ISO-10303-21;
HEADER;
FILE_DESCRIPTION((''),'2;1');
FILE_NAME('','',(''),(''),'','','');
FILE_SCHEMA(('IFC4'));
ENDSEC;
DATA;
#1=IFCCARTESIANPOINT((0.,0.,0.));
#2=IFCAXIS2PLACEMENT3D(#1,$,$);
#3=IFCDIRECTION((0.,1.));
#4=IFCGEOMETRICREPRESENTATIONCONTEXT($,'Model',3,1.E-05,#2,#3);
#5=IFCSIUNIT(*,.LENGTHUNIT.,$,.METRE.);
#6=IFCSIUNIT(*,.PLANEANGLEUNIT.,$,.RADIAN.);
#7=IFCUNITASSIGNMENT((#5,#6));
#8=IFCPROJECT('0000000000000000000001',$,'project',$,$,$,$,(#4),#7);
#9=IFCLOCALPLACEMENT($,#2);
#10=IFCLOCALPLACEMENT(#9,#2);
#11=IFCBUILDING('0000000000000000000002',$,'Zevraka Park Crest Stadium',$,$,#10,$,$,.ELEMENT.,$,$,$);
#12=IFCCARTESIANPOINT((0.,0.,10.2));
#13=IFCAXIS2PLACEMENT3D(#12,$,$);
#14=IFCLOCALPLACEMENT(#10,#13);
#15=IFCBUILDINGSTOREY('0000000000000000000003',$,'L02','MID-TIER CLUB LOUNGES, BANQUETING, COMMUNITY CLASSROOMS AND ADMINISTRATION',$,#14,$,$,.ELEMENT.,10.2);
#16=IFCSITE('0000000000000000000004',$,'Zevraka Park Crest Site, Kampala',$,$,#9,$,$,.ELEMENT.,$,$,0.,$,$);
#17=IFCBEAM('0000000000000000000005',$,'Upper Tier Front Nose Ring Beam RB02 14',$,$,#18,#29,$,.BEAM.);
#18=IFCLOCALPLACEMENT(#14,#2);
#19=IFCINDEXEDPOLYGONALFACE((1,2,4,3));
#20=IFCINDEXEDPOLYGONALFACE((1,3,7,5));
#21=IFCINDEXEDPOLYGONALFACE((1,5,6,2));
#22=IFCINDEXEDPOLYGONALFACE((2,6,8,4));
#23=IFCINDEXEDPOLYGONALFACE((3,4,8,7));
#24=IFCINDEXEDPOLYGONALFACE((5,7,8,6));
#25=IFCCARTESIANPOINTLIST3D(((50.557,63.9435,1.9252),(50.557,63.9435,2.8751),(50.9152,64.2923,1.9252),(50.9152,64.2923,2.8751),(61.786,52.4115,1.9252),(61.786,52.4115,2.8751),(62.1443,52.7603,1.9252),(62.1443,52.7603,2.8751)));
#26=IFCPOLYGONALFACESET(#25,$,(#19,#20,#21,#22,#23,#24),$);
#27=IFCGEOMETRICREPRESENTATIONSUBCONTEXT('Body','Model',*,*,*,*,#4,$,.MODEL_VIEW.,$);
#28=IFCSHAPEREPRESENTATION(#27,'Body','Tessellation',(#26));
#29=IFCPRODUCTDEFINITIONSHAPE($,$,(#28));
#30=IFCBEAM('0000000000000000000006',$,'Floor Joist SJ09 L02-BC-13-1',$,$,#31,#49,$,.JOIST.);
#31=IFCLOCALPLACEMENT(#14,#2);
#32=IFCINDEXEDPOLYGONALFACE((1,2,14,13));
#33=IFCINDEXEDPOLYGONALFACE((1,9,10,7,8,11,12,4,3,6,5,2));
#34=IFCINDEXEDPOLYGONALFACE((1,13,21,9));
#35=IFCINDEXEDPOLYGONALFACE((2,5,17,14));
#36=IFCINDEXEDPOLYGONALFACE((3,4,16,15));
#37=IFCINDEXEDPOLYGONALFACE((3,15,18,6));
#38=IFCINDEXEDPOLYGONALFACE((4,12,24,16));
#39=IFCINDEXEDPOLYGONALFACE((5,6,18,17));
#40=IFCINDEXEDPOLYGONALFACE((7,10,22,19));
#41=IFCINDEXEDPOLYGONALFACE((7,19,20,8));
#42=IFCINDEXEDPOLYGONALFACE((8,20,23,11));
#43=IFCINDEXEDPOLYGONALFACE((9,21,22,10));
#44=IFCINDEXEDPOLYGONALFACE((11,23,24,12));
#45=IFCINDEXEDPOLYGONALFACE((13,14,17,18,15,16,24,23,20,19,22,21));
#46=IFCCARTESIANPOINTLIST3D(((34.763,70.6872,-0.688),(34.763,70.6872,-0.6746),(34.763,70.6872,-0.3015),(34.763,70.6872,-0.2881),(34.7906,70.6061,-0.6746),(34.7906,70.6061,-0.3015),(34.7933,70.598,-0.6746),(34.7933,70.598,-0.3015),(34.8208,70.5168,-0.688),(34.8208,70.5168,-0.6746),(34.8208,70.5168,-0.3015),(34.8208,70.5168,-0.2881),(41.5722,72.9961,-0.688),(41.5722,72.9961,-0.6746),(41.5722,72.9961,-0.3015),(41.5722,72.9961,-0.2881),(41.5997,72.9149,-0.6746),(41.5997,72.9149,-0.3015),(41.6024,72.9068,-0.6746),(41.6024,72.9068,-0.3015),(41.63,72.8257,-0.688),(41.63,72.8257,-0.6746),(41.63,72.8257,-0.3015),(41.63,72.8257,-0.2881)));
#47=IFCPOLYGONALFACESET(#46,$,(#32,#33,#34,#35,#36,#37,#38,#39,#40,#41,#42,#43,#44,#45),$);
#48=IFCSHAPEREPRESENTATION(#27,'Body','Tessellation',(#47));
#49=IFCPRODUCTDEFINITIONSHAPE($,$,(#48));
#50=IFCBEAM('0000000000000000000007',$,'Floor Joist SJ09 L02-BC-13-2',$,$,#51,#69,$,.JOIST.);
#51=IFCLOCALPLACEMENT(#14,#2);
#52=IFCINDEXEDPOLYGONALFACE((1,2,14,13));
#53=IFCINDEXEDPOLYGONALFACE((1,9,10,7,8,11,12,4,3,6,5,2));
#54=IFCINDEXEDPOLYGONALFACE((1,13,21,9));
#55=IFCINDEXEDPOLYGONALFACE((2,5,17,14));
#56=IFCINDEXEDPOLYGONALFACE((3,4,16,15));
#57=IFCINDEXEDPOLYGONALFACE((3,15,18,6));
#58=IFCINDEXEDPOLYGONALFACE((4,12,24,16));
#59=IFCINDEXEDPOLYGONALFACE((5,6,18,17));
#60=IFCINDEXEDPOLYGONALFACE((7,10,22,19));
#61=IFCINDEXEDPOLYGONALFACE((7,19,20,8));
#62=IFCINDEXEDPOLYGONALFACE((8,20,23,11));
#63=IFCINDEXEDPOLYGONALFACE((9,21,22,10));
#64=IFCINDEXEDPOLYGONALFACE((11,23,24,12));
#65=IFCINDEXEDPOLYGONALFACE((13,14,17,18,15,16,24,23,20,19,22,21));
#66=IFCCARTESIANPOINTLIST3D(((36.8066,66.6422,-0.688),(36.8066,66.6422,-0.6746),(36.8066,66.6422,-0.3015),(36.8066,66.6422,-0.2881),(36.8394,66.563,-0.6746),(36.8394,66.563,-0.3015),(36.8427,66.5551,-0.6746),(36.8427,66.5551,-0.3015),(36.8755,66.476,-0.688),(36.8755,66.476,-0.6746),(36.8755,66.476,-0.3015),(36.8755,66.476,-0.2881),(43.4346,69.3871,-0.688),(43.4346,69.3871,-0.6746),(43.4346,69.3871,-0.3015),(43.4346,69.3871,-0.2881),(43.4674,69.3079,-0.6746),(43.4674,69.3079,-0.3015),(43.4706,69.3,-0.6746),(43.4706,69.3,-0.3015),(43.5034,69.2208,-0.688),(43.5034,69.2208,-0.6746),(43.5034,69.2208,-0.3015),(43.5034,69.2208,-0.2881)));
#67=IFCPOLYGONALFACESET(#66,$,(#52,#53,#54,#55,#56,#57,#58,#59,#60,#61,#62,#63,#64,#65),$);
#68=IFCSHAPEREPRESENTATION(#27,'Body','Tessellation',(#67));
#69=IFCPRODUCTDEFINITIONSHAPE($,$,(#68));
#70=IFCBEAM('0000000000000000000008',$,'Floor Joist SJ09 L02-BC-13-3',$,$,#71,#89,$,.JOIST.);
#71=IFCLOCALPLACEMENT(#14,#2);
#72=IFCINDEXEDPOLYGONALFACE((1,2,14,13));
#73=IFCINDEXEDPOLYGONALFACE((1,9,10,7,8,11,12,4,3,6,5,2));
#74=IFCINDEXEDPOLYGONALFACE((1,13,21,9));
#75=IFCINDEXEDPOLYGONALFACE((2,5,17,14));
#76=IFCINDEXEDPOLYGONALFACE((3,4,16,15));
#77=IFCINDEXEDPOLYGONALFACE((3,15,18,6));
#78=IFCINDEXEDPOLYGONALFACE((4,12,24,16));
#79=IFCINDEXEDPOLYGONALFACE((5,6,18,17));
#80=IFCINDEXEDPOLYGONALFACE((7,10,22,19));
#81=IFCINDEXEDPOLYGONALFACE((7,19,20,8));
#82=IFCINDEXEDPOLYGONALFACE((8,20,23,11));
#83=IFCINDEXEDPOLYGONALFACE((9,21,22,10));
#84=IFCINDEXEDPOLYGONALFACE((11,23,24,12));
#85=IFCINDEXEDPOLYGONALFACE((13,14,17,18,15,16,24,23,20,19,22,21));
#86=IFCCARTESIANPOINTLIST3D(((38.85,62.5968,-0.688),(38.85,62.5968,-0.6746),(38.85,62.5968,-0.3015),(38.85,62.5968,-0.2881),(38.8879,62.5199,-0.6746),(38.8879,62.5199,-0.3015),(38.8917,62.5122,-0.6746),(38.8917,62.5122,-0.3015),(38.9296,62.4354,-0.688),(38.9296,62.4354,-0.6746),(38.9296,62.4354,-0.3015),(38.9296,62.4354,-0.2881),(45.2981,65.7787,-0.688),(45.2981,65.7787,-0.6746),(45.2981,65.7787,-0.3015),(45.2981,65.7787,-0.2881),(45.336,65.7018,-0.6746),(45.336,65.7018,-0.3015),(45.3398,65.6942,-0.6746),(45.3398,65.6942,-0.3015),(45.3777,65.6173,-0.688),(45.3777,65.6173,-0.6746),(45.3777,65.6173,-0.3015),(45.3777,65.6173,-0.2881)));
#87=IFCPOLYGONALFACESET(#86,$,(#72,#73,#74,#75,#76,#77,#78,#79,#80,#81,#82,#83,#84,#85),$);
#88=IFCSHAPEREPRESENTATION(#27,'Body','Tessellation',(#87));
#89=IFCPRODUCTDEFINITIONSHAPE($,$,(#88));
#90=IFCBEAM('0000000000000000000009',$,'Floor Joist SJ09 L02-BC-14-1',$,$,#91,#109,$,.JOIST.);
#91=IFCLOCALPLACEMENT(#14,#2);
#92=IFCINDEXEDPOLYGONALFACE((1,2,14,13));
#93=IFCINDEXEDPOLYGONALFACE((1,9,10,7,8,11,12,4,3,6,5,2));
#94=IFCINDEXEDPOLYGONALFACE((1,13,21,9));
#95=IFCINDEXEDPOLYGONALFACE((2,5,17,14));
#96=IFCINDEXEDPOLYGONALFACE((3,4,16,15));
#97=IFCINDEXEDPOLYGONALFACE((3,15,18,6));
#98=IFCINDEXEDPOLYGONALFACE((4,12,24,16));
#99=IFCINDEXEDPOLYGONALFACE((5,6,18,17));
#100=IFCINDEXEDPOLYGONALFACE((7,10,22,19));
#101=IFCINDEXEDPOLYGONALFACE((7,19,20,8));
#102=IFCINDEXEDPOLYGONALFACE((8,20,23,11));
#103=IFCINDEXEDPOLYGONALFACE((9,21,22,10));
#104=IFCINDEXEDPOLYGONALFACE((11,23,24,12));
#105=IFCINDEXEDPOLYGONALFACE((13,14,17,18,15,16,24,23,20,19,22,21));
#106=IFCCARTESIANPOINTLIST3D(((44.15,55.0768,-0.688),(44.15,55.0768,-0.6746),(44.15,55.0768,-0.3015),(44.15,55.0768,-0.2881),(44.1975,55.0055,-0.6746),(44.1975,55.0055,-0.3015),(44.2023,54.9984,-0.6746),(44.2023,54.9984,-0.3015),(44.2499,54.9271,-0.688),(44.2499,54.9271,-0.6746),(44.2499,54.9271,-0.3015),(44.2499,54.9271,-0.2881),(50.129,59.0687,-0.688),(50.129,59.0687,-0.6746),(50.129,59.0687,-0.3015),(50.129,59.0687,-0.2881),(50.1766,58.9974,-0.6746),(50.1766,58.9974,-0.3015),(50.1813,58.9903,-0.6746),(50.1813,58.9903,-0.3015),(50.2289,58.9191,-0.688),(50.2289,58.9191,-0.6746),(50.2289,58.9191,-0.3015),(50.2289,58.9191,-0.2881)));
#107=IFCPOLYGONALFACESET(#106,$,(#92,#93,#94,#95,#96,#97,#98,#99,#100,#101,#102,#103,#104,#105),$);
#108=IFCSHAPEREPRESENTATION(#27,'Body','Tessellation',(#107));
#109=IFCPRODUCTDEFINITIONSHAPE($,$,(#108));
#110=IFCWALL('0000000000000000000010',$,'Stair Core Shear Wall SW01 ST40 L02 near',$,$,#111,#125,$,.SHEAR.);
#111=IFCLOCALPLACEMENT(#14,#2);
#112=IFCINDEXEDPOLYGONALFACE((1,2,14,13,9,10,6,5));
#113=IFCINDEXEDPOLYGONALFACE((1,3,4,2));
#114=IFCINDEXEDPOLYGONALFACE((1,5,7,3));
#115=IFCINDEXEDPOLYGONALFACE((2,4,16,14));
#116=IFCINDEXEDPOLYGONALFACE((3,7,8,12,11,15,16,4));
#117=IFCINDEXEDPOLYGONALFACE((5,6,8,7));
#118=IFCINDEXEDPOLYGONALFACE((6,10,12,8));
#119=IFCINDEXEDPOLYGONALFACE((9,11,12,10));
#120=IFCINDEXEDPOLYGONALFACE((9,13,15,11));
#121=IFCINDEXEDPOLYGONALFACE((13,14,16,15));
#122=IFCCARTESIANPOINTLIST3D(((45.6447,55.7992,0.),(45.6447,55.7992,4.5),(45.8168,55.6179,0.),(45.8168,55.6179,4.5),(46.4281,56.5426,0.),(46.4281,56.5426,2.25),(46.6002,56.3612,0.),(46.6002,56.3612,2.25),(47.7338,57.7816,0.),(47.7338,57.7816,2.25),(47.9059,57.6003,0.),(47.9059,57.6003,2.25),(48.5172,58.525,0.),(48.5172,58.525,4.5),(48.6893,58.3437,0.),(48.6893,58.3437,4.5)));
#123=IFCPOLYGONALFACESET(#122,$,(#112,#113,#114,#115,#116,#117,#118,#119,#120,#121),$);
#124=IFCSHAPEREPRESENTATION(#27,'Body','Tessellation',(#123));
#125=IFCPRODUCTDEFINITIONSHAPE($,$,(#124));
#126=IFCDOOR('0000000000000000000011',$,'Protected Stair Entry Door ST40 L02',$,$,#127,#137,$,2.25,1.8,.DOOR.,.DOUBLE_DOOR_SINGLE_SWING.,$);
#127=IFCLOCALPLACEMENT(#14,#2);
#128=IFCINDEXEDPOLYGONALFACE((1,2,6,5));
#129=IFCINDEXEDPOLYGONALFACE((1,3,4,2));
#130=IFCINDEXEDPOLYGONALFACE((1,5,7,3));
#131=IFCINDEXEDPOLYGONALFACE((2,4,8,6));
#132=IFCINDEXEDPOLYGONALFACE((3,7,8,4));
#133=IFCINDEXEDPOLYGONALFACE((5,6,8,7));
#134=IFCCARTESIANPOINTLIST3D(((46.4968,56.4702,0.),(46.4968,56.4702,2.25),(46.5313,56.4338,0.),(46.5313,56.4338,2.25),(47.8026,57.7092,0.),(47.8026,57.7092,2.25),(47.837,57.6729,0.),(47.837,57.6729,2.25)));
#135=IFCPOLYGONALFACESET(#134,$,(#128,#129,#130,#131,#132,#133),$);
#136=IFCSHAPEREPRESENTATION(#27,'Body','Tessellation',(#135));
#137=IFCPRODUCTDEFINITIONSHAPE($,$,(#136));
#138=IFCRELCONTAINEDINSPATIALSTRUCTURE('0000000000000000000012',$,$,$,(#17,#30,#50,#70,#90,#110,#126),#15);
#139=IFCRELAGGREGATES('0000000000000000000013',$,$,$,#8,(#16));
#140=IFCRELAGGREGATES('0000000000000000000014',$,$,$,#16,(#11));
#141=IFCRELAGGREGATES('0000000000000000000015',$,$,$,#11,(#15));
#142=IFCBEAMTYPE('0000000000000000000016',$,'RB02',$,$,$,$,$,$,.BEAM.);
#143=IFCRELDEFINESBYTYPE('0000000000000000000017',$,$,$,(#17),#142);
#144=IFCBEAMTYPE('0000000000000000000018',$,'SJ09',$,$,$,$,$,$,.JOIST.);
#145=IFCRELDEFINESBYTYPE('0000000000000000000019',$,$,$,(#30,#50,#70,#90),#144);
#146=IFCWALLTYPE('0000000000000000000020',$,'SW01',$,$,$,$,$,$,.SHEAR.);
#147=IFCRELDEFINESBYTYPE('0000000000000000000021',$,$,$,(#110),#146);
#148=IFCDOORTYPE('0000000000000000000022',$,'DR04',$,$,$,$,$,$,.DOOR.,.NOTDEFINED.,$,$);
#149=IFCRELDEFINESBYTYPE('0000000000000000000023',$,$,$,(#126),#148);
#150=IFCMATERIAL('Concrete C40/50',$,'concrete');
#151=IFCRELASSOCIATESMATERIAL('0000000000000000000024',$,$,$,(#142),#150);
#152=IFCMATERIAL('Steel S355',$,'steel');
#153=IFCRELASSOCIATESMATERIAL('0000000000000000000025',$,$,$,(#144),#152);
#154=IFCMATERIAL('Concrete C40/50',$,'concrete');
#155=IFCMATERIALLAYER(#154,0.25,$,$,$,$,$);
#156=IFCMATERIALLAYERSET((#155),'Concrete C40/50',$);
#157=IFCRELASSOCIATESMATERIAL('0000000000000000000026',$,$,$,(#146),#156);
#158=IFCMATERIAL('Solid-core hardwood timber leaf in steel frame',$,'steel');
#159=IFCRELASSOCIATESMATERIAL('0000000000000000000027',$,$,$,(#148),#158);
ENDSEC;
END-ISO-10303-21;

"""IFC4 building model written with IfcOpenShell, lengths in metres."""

from ifc_helpers import new_model, si_unit, direction, frame, frame_2d, origin, origin_2d, place, context, subcontext, project, spatial, rectangle, i_section, extrude, material, layer, layer_set, material_profile, profile_set, type_object, element, fill, save


model = new_model("IFC4")

# Units and contexts
model_context = context("Model", 3, precision=1e-05, world=origin(), true_north=direction((0.0, 1.0)))
body_context = subcontext(model_context, "Body", "Model", "MODEL_VIEW")
ifc_project = project(units=[si_unit("LENGTHUNIT", "METRE"), si_unit("PLANEANGLEUNIT", "RADIAN")], contexts=[model_context])

# Site, building, storey
site_placement = place(None, origin())
site = spatial("IfcSite", under=ifc_project, at=site_placement, Name="Zevraka Park Crest Site, Kampala", CompositionType="ELEMENT", RefElevation=0.0)
building_placement = place(site_placement, origin())
building = spatial("IfcBuilding", under=site, at=building_placement, Name="Zevraka Park Crest Stadium", CompositionType="ELEMENT")
storey_placement = place(building_placement, frame((0.0, 0.0, 10.2)))
storey = spatial("IfcBuildingStorey", under=building, at=storey_placement, Name="L02", Description="MID-TIER CLUB LOUNGES, BANQUETING, COMMUNITY CLASSROOMS AND ADMINISTRATION", CompositionType="ELEMENT", Elevation=10.2)

# Beams
ifc_material_1 = material(Name="Concrete C40/50", Category="concrete")
ifc_material_profile_1 = material_profile(ifc_material_1, rectangle(XDim=0.5, YDim=0.95, at=origin_2d()), Name="RC 950x500")
ifc_profile_set_1 = profile_set([ifc_material_profile_1], Name="Concrete C40/50")
beam_type_1 = type_object("IfcBeamType", Name="RB02", PredefinedType="BEAM", material=ifc_profile_set_1)
beam_1_placement = place(storey_placement, frame((50.7361, 64.1179, 2.4001), z_axis=(0.697632, -0.716456, 0.0), x_axis=(0.716456, 0.697632, 0.0)))
element("IfcBeam", 1, at=beam_1_placement, inside=storey, type_object=beam_type_1, Name="Upper Tier Front Nose Ring Beam RB02 14", PredefinedType="BEAM", context=body_context, shape_type="SweptSolid", body=[
    extrude(rectangle(XDim=0.5, YDim=0.95, at=origin_2d()), origin(), (0.0, 0.0, 1.0), 16.0959),
])
ifc_material_2 = material(Name="Steel S355", Category="steel")
ifc_material_profile_2 = material_profile(ifc_material_2, i_section(OverallWidth=0.1799, OverallDepth=0.3999, WebThickness=0.0085, FlangeThickness=0.0134, at=origin_2d()), Name="IPE 400")
ifc_profile_set_2 = profile_set([ifc_material_profile_2], Name="Steel S355")
beam_type_2 = type_object("IfcBeamType", Name="SJ09", PredefinedType="JOIST", material=ifc_profile_set_2)
beam_2_placement = place(storey_placement, frame((41.6011, 72.9109, -0.488), z_axis=(-0.947037, -0.321123, 0.0), x_axis=(0.321123, -0.947037, 0.0)))
element("IfcBeam", 2, at=beam_2_placement, inside=storey, type_object=beam_type_2, Name="Floor Joist SJ09 L02-BC-13-1", PredefinedType="JOIST", context=body_context, shape_type="SweptSolid", body=[
    extrude(i_section(OverallWidth=0.1799, OverallDepth=0.3999, WebThickness=0.0085, FlangeThickness=0.0134, at=origin_2d()), origin(), (0.0, 0.0, 1.0), 7.1899),
])
beam_3_placement = place(storey_placement, frame((43.469, 69.304, -0.488), z_axis=(-0.923904, -0.382623, 0.0), x_axis=(0.382623, -0.923904, 0.0)))
element("IfcBeam", 3, at=beam_3_placement, inside=storey, type_object=beam_type_2, Name="Floor Joist SJ09 L02-BC-13-2", PredefinedType="JOIST", context=body_context, shape_type="SweptSolid", body=[
    extrude(i_section(OverallWidth=0.1799, OverallDepth=0.3999, WebThickness=0.0085, FlangeThickness=0.0134, at=origin_2d()), origin(), (0.0, 0.0, 1.0), 7.1738),
])
beam_4_placement = place(storey_placement, frame((45.3379, 65.698, -0.488), z_axis=(-0.896758, -0.442522, 0.0), x_axis=(0.442522, -0.896758, 0.0)))
element("IfcBeam", 4, at=beam_4_placement, inside=storey, type_object=beam_type_2, Name="Floor Joist SJ09 L02-BC-13-3", PredefinedType="JOIST", context=body_context, shape_type="SweptSolid", body=[
    extrude(i_section(OverallWidth=0.1799, OverallDepth=0.3999, WebThickness=0.0085, FlangeThickness=0.0134, at=origin_2d()), origin(), (0.0, 0.0, 1.0), 7.1904),
])
beam_5_placement = place(storey_placement, frame((50.179, 58.9939, -0.488), z_axis=(-0.831669, -0.555272, 0.0), x_axis=(0.555272, -0.831669, 0.0)))
element("IfcBeam", 5, at=beam_5_placement, inside=storey, type_object=beam_type_2, Name="Floor Joist SJ09 L02-BC-14-1", PredefinedType="JOIST", context=body_context, shape_type="SweptSolid", body=[
    extrude(i_section(OverallWidth=0.1799, OverallDepth=0.3999, WebThickness=0.0085, FlangeThickness=0.0134, at=origin_2d()), origin(), (0.0, 0.0, 1.0), 7.1892),
])

# Wall, opening, door
ifc_material_3 = material(Name="Concrete C40/50", Category="concrete")
ifc_layer = layer(ifc_material_3, 0.25)
ifc_layer_set = layer_set([ifc_layer], Name="Concrete C40/50")
wall_type = type_object("IfcWallType", Name="SW01", PredefinedType="SHEAR", material=ifc_layer_set)
wall_placement = place(storey_placement, frame((48.6033, 58.4343, 0.0), z_axis=(0.0, 0.0, 1.0), x_axis=(-0.72539, -0.688338, 0.0)))
wall = element("IfcWall", 6, at=wall_placement, inside=storey, type_object=wall_type, Name="Stair Core Shear Wall SW01 ST40 L02 near", PredefinedType="SHEAR", context=body_context, shape_type="SweptSolid", body=[
    extrude(rectangle(XDim=3.96, YDim=0.25, at=frame_2d((1.98, 0.0))), origin(), (0.0, 0.0, 1.0), 4.5),
])
opening_placement = place(wall_placement, frame((1.0801, 0.0, 0.0)))
opening = element("IfcOpeningElement", 7, at=opening_placement, cuts=wall, PredefinedType="OPENING", context=body_context, shape_type="SweptSolid", body=[
    extrude(rectangle(XDim=1.8, YDim=2.25, at=frame_2d((0.8999, 1.125))), frame((0.0, 0.135, 0.0), z_axis=(0.0, -1.0, 0.0), x_axis=(1.0, 0.0, 0.0)), (0.0, 0.0, 1.0), 0.27),
])
ifc_material_4 = material(Name="Solid-core hardwood timber leaf in steel frame", Category="steel")
door_type = type_object("IfcDoorType", Name="DR04", OperationType="NOTDEFINED", PredefinedType="DOOR", material=ifc_material_4)
door_placement = place(opening_placement, origin())
door = element("IfcDoor", 8, at=door_placement, inside=storey, type_object=door_type, Name="Protected Stair Entry Door ST40 L02", OperationType="DOUBLE_DOOR_SINGLE_SWING", OverallHeight=2.25, OverallWidth=1.8, PredefinedType="DOOR", context=body_context, shape_type="SweptSolid", body=[
    extrude(rectangle(XDim=1.8, YDim=2.25, at=frame_2d((0.8999, 1.125))), frame((0.0, 0.0249, 0.0), z_axis=(0.0, -1.0, 0.0), x_axis=(1.0, 0.0, 0.0)), (0.0, 0.0, 1.0), 0.05),
])
fill(opening, door)

save(model, "model.ifc")
